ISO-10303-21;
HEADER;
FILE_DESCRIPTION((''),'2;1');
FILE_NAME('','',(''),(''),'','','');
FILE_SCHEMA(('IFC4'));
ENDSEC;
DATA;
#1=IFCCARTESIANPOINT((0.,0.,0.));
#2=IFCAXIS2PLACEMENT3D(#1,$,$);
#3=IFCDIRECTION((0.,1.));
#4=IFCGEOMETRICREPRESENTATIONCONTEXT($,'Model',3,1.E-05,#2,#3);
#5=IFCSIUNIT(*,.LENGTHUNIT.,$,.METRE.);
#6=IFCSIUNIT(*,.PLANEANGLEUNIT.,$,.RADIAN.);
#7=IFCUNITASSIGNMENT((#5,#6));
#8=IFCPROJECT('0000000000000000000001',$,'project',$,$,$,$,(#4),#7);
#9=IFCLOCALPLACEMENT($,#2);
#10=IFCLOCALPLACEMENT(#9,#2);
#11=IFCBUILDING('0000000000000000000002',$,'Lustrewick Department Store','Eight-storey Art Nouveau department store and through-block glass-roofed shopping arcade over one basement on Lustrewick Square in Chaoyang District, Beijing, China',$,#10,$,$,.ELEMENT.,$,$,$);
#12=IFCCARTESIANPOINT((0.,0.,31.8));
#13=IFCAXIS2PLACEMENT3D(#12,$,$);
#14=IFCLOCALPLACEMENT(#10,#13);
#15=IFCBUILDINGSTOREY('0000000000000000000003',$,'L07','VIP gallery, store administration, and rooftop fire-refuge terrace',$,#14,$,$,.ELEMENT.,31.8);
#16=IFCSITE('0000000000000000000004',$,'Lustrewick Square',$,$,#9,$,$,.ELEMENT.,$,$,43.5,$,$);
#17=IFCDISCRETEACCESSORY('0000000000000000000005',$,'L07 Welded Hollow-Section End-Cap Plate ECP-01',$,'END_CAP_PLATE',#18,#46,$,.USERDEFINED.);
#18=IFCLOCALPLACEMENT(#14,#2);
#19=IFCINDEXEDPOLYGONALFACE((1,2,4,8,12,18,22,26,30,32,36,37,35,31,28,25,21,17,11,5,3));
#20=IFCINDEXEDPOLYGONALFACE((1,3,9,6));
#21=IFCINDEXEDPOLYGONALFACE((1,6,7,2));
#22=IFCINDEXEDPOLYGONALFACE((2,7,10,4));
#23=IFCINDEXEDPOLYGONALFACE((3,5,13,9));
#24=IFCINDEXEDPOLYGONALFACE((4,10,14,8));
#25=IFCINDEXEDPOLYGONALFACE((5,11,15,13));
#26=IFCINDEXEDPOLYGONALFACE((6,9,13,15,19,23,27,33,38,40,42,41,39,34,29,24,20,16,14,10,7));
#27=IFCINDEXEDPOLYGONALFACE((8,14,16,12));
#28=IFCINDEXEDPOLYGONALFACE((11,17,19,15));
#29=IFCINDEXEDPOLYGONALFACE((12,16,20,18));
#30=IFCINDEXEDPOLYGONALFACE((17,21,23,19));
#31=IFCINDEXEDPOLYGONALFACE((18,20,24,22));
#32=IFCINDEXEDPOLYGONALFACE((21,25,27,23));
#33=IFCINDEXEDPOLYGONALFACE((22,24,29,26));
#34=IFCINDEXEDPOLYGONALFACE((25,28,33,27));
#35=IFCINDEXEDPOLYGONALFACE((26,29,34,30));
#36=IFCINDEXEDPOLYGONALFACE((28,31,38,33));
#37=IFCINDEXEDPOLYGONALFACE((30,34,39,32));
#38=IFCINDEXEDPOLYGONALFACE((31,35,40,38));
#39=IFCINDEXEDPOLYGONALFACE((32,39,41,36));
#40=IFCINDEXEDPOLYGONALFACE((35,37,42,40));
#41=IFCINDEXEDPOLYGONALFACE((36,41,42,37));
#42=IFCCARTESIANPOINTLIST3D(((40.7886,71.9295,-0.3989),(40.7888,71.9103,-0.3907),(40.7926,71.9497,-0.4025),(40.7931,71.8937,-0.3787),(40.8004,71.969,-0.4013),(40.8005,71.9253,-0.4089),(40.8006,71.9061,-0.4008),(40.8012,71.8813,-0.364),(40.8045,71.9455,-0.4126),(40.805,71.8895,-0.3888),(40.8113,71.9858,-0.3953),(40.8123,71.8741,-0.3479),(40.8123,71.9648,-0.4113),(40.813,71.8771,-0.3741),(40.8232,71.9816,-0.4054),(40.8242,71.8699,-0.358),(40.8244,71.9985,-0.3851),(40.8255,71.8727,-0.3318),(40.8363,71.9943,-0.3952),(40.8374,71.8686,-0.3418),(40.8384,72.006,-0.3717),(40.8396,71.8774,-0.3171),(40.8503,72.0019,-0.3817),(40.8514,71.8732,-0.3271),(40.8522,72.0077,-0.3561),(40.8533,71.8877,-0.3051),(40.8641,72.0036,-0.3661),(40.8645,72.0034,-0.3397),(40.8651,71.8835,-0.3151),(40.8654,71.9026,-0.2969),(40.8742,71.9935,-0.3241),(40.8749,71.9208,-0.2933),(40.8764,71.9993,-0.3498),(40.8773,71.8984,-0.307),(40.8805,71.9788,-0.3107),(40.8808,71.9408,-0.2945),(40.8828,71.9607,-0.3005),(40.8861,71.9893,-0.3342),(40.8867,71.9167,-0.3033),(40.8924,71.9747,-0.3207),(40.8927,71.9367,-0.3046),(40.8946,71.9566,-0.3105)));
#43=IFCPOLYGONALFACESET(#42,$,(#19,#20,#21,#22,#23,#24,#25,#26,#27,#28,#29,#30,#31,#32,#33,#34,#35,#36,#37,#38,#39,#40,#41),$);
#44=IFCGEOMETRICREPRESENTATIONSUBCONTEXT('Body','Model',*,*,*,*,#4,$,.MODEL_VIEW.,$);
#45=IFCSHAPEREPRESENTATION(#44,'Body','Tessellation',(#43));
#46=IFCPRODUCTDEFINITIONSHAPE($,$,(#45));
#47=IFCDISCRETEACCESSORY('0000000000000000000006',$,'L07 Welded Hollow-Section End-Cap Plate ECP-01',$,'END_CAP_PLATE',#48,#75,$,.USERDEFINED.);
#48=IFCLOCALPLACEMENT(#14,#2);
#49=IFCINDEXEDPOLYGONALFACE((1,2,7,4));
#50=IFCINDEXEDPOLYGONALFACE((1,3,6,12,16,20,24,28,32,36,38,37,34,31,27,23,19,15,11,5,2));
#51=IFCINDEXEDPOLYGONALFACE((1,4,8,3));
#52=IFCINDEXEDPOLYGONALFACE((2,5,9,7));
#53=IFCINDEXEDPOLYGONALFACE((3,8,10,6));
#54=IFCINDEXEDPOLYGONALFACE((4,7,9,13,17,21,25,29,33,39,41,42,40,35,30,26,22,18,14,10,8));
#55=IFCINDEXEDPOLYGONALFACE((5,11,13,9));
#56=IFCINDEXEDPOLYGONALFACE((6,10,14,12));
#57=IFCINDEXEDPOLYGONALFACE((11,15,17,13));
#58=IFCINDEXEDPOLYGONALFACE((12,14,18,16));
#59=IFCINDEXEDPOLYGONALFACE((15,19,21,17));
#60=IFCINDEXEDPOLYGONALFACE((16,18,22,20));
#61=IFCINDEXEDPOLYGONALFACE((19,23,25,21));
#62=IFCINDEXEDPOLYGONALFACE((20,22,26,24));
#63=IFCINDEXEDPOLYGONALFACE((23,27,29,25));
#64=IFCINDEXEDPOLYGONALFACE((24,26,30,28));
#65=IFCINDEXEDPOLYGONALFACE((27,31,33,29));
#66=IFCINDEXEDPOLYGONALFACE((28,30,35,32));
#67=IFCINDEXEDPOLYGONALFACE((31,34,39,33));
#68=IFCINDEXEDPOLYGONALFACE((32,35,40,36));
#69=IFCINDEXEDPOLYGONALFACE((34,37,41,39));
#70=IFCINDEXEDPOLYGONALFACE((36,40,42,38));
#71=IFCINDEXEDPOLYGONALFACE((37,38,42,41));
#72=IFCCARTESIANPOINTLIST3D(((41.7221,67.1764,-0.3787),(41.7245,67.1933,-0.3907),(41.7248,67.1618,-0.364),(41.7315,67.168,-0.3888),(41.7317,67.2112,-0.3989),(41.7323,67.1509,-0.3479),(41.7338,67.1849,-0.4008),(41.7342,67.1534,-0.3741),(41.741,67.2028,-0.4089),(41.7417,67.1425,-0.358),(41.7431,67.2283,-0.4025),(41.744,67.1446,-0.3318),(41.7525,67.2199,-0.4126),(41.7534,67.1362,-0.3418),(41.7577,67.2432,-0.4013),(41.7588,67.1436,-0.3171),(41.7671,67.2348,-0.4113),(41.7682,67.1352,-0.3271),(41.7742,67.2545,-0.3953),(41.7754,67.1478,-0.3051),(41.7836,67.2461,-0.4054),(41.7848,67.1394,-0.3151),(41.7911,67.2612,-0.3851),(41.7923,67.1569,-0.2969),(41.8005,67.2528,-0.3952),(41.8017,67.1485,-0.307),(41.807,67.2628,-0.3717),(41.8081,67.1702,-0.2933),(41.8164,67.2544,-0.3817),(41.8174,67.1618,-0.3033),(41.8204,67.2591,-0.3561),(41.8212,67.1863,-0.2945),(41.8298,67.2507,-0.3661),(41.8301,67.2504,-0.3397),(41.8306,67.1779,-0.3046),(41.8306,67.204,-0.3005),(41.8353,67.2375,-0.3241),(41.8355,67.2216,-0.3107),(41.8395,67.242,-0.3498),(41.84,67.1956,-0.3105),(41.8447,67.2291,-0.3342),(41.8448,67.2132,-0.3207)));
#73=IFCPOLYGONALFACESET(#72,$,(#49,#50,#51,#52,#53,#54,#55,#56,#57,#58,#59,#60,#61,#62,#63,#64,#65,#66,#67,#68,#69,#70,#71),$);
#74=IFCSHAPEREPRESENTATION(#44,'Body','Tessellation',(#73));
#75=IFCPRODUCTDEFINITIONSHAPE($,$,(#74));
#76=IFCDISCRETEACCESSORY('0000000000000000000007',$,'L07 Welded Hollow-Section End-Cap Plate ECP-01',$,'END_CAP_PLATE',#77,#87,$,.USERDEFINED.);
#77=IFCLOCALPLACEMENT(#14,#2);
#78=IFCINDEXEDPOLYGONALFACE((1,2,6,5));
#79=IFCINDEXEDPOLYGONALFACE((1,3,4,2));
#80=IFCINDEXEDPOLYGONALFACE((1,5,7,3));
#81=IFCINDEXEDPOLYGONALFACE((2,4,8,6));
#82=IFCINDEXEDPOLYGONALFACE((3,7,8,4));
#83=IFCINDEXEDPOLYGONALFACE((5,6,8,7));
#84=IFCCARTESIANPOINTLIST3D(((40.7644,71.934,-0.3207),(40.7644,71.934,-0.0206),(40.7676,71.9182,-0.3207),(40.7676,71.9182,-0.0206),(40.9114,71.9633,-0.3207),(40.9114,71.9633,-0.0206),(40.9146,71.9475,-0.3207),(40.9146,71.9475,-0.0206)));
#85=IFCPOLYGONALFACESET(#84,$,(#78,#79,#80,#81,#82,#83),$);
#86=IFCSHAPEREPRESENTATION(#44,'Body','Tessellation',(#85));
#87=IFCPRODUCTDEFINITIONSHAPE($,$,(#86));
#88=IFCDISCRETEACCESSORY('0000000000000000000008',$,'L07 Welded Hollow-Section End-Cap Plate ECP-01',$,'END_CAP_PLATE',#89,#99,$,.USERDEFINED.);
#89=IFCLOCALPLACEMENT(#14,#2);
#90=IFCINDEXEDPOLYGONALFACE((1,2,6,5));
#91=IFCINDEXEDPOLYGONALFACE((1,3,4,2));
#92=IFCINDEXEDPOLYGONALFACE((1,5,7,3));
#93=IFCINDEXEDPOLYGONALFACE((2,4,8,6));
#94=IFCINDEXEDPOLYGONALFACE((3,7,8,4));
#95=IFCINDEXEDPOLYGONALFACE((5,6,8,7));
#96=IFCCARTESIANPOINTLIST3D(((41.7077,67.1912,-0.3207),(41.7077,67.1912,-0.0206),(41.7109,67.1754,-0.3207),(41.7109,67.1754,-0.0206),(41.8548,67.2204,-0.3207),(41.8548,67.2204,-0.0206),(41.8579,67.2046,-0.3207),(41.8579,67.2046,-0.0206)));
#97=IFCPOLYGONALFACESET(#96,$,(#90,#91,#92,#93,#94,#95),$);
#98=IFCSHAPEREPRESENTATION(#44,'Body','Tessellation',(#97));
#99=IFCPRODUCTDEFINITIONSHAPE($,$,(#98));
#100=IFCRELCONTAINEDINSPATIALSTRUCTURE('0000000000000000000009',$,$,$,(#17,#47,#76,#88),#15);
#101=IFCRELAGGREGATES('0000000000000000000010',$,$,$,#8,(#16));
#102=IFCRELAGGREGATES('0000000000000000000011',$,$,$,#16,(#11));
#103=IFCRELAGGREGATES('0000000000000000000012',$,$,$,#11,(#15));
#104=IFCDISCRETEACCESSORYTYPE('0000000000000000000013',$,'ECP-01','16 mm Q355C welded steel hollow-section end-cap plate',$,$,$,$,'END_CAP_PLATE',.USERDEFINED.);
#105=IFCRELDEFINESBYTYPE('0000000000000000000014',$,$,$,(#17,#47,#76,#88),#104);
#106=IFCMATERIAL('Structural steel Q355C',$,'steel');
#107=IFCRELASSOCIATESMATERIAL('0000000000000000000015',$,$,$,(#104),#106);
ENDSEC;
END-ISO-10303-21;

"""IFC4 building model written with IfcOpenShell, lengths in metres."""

from ifc_helpers import new_model, si_unit, direction, frame, origin, origin_2d, place, context, subcontext, project, spatial, rectangle, circle, extrude, material, type_object, element, save


model = new_model("IFC4")

# Units and contexts
model_context = context("Model", 3, precision=1e-05, world=origin(), true_north=direction((0.0, 1.0)))
body_context = subcontext(model_context, "Body", "Model", "MODEL_VIEW")
ifc_project = project(units=[si_unit("LENGTHUNIT", "METRE"), si_unit("PLANEANGLEUNIT", "RADIAN")], contexts=[model_context])

# Site, building, storey
site_placement = place(None, origin())
site = spatial("IfcSite", under=ifc_project, at=site_placement, Name="Lustrewick Square", CompositionType="ELEMENT", RefElevation=43.5)
building_placement = place(site_placement, origin())
building = spatial("IfcBuilding", under=site, at=building_placement, Name="Lustrewick Department Store", Description="Eight-storey Art Nouveau department store and through-block glass-roofed shopping arcade over one basement on Lustrewick Square in Chaoyang District, Beijing, China", CompositionType="ELEMENT")
storey_placement = place(building_placement, frame((0.0, 0.0, 31.8)))
storey = spatial("IfcBuildingStorey", under=building, at=storey_placement, Name="L07", Description="VIP gallery, store administration, and rooftop fire-refuge terrace", CompositionType="ELEMENT", Elevation=31.8)

# Shared definitions
ifc_material_1 = material(Name="Structural steel Q355C", Category="steel")

# Discrete accessories
discrete_accessory_type_1 = type_object("IfcDiscreteAccessoryType", Name="ECP-01", Description="16 mm Q355C welded steel hollow-section end-cap plate", ElementType="END_CAP_PLATE", PredefinedType="USERDEFINED", material=ifc_material_1)
for number, where, z_axis, x_axis, name in (
    (1, (40.8354, 71.9402, -0.3479), (0.737606, -0.258351, -0.623852), (-0.330565, -0.943783, 0.0), "L07 Welded Hollow-Section End-Cap Plate ECP-01"),
    (2, (41.7791, 67.2031, -0.3479), (0.582586, -0.520975, -0.623842), (-0.666591, -0.745423, 0.0), "L07 Welded Hollow-Section End-Cap Plate ECP-01"),
):
    element("IfcDiscreteAccessory", number, at=place(storey_placement, frame(where, z_axis=z_axis, x_axis=x_axis)), inside=storey, type_object=discrete_accessory_type_1, Name=name, ObjectType="END_CAP_PLATE", PredefinedType="USERDEFINED", context=body_context, shape_type="SweptSolid", body=[
        extrude(circle(Radius=0.0701, at=origin_2d()), origin(), (0.0, 0.0, 1.0), 0.0161),
    ])
for number, where, z_axis, x_axis, name in (
    (3, (40.8411, 71.9329, -0.1707), (-0.195096, 0.980784, 0.0), (-0.980784, -0.195096, 0.0), "L07 Welded Hollow-Section End-Cap Plate ECP-01"),
    (4, (41.7812, 67.2058, -0.1707), (0.195096, -0.980784, 0.0), (-0.980784, -0.195096, 0.0), "L07 Welded Hollow-Section End-Cap Plate ECP-01"),
):
    element("IfcDiscreteAccessory", number, at=place(storey_placement, frame(where, z_axis=z_axis, x_axis=x_axis)), inside=storey, type_object=discrete_accessory_type_1, Name=name, ObjectType="END_CAP_PLATE", PredefinedType="USERDEFINED", context=body_context, shape_type="SweptSolid", body=[
        extrude(rectangle(XDim=0.1499, YDim=0.3, at=origin_2d()), origin(), (0.0, 0.0, 1.0), 0.0161),
    ])

save(model, "model.ifc")
